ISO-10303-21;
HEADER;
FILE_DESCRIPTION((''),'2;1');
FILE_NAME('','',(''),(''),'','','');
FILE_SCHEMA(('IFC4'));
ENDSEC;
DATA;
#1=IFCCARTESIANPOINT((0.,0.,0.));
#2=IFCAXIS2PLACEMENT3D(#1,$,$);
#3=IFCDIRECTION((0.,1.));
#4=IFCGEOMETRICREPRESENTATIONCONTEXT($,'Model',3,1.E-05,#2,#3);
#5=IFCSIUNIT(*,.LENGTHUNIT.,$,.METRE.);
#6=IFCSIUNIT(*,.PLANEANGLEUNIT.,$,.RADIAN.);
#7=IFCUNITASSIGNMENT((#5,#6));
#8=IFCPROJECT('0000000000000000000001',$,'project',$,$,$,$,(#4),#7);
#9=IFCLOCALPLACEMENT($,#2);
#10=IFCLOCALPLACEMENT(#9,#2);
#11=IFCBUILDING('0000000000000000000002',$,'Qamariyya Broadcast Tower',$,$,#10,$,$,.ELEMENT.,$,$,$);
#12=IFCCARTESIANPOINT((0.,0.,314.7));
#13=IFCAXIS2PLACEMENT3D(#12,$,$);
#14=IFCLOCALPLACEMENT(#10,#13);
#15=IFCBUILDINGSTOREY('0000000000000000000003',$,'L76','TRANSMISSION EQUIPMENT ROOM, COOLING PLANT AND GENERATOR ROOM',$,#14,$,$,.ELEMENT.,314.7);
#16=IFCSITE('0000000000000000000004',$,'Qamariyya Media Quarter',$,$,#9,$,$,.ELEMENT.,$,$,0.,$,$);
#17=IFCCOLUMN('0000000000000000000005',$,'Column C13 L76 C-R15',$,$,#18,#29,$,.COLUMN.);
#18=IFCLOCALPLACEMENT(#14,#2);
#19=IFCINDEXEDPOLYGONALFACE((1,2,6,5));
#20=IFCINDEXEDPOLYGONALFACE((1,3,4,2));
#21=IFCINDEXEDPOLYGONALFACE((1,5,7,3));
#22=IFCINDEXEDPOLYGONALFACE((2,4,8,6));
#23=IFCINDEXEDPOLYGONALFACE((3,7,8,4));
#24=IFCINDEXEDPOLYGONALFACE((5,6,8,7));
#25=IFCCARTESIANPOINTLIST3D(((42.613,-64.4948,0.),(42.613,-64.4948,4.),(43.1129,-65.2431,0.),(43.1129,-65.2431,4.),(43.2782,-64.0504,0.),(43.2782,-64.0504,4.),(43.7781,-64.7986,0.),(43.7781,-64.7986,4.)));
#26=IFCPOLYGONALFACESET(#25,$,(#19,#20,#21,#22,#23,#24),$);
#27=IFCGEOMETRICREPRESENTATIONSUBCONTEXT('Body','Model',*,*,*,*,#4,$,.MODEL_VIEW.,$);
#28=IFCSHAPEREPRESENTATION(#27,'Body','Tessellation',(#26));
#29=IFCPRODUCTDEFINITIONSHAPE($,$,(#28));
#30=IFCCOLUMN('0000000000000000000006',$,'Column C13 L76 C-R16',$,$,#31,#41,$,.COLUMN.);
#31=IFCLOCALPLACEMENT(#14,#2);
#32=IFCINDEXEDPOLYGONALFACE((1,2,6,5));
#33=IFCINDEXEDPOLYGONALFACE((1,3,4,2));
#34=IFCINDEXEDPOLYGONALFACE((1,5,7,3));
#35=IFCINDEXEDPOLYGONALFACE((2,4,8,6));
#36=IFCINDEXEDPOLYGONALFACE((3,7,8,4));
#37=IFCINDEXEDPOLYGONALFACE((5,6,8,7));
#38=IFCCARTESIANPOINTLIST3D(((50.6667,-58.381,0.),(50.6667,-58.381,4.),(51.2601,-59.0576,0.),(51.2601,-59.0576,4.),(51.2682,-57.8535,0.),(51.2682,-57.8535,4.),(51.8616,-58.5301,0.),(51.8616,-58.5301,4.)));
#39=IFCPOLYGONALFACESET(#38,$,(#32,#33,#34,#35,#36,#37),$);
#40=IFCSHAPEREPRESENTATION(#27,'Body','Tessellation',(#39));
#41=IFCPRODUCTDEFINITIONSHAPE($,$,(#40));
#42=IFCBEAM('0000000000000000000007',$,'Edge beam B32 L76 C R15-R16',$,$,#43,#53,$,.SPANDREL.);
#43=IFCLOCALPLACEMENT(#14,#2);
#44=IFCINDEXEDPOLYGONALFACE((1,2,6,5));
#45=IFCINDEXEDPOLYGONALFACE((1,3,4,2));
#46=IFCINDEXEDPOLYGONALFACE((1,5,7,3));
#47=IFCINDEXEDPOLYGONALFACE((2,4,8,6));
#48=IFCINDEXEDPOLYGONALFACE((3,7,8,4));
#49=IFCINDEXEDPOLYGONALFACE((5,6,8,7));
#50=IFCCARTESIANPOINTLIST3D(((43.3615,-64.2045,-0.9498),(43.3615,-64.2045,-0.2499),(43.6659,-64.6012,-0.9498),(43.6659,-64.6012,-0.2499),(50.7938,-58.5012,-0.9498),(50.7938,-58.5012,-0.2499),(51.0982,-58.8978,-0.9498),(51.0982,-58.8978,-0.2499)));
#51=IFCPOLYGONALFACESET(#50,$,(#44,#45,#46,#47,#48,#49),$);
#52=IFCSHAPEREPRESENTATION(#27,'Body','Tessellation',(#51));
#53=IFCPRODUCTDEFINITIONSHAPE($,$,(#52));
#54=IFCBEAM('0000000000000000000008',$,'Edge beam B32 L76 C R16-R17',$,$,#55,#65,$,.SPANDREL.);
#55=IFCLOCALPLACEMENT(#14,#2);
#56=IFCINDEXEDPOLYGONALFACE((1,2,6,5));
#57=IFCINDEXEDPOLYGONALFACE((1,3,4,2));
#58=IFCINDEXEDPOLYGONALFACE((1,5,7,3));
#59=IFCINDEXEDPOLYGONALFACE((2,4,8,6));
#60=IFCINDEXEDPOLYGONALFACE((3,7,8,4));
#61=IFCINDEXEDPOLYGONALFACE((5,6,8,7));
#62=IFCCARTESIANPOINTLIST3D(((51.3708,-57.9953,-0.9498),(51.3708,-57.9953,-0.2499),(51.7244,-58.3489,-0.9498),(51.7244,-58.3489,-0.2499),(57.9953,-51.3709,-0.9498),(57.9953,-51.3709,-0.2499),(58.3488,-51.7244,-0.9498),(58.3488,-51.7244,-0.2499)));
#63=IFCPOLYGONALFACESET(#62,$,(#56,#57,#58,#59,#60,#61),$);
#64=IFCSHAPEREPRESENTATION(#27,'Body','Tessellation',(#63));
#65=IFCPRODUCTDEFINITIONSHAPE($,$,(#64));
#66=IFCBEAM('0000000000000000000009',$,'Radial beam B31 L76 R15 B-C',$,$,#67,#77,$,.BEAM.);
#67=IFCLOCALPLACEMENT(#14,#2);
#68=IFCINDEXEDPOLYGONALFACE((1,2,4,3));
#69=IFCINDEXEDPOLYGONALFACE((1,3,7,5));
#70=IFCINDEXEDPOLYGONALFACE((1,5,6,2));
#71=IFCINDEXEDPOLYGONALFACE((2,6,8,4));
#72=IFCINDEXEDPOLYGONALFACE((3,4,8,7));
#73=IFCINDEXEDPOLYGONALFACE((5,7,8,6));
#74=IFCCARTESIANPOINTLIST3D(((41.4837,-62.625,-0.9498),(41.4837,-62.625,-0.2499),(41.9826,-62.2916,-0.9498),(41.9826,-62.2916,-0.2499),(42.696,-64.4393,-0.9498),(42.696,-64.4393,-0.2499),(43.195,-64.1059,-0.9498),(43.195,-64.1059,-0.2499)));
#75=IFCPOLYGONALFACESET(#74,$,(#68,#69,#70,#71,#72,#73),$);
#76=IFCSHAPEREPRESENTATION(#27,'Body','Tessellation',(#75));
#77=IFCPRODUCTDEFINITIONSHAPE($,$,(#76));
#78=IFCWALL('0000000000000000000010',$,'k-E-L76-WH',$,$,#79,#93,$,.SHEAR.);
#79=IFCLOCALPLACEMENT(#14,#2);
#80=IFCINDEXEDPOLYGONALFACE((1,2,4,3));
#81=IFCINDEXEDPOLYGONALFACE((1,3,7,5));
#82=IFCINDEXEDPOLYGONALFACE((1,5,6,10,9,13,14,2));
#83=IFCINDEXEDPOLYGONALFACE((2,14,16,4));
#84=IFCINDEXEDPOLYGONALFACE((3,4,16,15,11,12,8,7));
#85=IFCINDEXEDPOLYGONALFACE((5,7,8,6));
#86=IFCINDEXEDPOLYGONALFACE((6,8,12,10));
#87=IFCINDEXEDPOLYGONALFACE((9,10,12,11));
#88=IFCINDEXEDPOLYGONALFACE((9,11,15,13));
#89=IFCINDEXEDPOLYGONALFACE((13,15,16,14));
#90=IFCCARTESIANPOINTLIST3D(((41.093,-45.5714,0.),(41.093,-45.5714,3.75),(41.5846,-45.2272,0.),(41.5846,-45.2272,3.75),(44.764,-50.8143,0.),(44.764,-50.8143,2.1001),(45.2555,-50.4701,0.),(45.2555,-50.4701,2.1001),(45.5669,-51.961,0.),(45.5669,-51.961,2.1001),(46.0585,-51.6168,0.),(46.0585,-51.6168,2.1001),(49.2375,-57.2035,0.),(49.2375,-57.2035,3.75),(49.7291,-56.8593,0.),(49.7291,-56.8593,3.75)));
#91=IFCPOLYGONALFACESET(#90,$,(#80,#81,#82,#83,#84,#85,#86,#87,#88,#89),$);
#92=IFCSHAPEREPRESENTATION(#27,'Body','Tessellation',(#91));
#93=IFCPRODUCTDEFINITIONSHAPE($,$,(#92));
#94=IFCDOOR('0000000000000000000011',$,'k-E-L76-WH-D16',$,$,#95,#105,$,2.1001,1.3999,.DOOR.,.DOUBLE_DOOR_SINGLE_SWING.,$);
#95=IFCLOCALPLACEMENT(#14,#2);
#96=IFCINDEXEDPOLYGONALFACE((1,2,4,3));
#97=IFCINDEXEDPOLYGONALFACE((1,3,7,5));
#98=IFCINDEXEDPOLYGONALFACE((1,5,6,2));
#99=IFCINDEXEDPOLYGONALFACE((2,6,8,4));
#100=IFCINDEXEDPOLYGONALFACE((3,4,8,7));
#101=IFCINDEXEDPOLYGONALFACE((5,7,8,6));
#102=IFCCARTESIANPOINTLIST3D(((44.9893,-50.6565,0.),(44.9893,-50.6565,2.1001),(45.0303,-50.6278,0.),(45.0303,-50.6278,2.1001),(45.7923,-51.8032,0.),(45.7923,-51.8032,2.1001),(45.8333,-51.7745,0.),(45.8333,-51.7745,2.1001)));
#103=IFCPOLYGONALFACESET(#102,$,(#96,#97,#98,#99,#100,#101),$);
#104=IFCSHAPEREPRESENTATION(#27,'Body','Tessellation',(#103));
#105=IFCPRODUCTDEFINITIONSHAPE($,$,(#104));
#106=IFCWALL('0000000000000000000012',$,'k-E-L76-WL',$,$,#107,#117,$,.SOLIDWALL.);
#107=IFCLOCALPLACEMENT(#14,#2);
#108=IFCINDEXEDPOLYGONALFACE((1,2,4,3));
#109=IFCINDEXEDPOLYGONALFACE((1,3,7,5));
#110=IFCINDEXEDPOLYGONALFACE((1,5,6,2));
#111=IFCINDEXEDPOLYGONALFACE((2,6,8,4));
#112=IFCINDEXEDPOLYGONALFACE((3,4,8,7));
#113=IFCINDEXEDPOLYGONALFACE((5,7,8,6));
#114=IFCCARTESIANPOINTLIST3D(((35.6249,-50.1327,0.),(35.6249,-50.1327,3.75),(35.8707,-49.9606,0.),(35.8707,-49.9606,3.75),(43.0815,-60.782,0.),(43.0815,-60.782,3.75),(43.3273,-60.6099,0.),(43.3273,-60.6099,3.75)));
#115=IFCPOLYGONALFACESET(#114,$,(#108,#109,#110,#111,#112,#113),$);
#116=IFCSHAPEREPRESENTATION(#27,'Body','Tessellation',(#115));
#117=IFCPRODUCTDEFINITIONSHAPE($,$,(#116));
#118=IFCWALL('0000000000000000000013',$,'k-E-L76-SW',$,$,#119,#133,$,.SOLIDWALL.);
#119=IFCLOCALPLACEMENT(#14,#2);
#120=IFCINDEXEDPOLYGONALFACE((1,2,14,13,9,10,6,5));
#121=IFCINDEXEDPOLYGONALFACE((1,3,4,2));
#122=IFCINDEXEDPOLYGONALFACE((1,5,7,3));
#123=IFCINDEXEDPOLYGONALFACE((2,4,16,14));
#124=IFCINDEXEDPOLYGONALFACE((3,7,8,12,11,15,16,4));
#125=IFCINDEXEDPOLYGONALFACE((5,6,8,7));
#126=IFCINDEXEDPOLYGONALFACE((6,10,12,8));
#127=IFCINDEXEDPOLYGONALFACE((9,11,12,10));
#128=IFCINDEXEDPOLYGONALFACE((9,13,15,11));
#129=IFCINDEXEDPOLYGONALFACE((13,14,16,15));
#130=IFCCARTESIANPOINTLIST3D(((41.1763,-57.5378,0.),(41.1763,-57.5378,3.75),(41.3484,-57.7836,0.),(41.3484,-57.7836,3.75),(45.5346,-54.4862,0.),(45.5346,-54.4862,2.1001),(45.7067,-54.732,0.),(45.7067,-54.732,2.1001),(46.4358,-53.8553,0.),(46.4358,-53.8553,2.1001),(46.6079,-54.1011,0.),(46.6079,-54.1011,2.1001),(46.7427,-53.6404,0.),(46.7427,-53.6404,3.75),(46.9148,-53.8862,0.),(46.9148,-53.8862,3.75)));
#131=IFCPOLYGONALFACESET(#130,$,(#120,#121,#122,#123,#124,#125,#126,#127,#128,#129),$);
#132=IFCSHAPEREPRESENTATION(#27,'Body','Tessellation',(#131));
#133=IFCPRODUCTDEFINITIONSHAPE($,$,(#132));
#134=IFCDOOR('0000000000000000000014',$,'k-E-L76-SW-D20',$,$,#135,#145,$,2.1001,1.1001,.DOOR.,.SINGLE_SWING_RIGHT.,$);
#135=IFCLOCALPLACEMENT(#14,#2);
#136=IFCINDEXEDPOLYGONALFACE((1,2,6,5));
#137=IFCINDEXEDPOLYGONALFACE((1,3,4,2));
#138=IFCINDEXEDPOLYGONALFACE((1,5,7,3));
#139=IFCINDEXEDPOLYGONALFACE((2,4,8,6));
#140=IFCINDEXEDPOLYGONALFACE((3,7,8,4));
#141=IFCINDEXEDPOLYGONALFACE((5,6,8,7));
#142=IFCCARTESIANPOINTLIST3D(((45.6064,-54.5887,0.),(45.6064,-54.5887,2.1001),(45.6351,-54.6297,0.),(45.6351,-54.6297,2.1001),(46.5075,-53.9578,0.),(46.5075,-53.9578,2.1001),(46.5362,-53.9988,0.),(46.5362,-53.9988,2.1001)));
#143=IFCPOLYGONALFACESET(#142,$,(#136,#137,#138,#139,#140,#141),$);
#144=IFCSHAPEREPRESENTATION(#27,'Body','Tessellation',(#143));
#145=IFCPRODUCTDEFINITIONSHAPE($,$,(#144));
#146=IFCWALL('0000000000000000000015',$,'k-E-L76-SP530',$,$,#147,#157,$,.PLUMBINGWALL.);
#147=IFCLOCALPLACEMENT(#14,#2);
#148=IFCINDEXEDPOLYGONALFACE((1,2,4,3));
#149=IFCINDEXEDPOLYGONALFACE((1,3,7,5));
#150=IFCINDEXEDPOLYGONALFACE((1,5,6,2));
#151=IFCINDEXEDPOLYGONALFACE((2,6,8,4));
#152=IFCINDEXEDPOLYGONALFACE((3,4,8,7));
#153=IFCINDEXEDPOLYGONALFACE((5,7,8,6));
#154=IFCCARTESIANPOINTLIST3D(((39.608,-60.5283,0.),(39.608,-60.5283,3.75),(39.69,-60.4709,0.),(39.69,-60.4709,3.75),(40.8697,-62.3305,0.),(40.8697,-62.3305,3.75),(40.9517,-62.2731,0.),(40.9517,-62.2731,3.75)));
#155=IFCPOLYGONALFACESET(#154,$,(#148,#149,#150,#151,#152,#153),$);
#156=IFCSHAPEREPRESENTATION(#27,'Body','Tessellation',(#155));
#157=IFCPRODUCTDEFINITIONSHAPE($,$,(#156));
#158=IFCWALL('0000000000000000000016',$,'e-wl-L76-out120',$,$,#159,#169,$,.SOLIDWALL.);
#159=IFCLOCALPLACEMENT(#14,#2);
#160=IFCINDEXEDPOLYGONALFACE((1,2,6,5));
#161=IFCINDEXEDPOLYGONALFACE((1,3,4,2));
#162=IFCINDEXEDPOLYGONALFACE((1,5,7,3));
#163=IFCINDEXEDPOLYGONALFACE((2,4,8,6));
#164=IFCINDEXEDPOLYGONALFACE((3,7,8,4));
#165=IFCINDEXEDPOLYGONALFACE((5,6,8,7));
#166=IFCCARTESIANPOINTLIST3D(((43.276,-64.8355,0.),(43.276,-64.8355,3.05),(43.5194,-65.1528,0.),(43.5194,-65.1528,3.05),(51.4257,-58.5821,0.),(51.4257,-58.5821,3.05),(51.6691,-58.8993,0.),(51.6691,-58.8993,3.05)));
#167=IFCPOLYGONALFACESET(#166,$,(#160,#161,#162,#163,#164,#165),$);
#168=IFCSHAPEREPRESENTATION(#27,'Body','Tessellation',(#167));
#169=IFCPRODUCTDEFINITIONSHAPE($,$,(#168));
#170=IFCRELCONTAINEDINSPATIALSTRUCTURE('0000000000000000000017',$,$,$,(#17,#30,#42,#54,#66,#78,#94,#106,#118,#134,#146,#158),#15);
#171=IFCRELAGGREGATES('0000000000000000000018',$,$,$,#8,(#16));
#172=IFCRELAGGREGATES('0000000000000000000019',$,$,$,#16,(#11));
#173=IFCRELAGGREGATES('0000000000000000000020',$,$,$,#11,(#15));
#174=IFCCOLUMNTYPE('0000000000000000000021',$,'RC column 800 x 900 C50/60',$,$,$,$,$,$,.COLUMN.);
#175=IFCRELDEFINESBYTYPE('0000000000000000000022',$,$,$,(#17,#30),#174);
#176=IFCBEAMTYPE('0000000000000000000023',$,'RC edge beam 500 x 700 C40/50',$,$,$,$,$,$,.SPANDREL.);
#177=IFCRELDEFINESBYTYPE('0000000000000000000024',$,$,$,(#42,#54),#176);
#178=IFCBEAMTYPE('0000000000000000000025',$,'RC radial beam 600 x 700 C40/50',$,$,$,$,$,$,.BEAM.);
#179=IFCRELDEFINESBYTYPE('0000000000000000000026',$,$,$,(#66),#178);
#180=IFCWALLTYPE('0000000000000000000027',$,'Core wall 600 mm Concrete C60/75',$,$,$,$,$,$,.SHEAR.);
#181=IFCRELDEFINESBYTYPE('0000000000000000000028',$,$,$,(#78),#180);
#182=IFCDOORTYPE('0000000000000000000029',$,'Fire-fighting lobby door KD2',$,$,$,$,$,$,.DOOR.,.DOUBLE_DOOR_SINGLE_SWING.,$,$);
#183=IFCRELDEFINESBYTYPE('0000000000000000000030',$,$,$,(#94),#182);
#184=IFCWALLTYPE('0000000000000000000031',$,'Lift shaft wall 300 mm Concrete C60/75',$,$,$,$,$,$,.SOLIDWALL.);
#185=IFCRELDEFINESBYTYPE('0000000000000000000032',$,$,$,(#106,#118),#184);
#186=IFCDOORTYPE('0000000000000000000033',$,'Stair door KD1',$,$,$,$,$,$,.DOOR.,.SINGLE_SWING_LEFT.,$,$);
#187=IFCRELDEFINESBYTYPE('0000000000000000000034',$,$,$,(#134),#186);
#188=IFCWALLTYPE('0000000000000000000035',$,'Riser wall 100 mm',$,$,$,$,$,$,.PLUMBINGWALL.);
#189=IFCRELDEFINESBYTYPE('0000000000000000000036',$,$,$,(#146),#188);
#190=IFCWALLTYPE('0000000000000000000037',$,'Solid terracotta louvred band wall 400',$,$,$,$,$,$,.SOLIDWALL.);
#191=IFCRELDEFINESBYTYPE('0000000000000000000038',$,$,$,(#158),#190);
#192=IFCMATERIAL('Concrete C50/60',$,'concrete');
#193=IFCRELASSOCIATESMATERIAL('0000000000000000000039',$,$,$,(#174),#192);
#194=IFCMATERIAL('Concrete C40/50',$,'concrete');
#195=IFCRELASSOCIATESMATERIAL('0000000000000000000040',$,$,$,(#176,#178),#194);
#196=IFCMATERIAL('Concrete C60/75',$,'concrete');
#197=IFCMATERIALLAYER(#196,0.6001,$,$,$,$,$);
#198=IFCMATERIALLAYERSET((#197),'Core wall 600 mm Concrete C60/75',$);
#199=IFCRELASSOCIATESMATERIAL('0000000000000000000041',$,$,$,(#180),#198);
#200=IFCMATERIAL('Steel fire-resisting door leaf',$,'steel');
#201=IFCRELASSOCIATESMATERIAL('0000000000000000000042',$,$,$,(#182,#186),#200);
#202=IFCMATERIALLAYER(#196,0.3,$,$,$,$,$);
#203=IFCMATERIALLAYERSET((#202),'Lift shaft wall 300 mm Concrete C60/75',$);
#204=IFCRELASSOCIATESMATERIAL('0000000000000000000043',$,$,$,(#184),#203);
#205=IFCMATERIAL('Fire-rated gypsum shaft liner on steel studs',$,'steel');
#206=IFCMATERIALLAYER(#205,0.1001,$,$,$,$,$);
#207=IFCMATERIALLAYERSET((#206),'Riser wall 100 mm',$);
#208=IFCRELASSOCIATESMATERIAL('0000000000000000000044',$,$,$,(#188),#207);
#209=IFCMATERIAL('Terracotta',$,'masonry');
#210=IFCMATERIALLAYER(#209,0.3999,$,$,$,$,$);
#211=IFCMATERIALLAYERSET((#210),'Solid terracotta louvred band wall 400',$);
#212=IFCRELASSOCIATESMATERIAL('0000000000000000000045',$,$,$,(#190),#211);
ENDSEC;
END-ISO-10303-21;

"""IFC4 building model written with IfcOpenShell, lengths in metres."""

from ifc_helpers import new_model, si_unit, direction, frame, frame_2d, origin, origin_2d, place, context, subcontext, project, spatial, rectangle, extrude, material, layer, layer_set, material_profile, profile_set, type_object, element, fill, save


model = new_model("IFC4")

# Units and contexts
model_context = context("Model", 3, precision=1e-05, world=origin(), true_north=direction((0.0, 1.0)))
body_context = subcontext(model_context, "Body", "Model", "MODEL_VIEW")
ifc_project = project(units=[si_unit("LENGTHUNIT", "METRE"), si_unit("PLANEANGLEUNIT", "RADIAN")], contexts=[model_context])

# Site, building, storey
site_placement = place(None, origin())
site = spatial("IfcSite", under=ifc_project, at=site_placement, Name="Qamariyya Media Quarter", CompositionType="ELEMENT", RefElevation=0.0)
building_placement = place(site_placement, origin())
building = spatial("IfcBuilding", under=site, at=building_placement, Name="Qamariyya Broadcast Tower", CompositionType="ELEMENT")
storey_placement = place(building_placement, frame((0.0, 0.0, 314.7)))
storey = spatial("IfcBuildingStorey", under=building, at=storey_placement, Name="L76", Description="TRANSMISSION EQUIPMENT ROOM, COOLING PLANT AND GENERATOR ROOM", CompositionType="ELEMENT", Elevation=314.7)

# Columns
ifc_material_1 = material(Name="Concrete C50/60", Category="concrete")
ifc_material_profile_1 = material_profile(ifc_material_1, rectangle(XDim=0.8, YDim=0.8999, at=origin_2d()))
ifc_profile_set_1 = profile_set([ifc_material_profile_1], Name="Concrete C50/60")
column_type = type_object("IfcColumnType", Name="RC column 800 x 900 C50/60", PredefinedType="COLUMN", material=ifc_profile_set_1)
for number, where, z_axis, x_axis, name in (
    (1, (43.1956, -64.6467, 0.0), (0.0, 0.0, 1.0), (0.83147, 0.55557, 0.0), "Column C13 L76 C-R15"),
    (2, (51.2642, -58.4556, 0.0), (0.0, 0.0, 1.0), (0.75184, 0.659346, 0.0), "Column C13 L76 C-R16"),
):
    element("IfcColumn", number, at=place(storey_placement, frame(where, z_axis=z_axis, x_axis=x_axis)), inside=storey, type_object=column_type, Name=name, PredefinedType="COLUMN", context=body_context, shape_type="SweptSolid", body=[
        extrude(rectangle(XDim=0.8, YDim=0.8999, at=origin_2d()), origin(), (0.0, 0.0, 1.0), 4.0),
    ])

# Beams
ifc_material_2 = material(Name="Concrete C40/50", Category="concrete")
ifc_material_profile_2 = material_profile(ifc_material_2, rectangle(XDim=0.5, YDim=0.7, at=origin_2d()))
ifc_profile_set_2 = profile_set([ifc_material_profile_2], Name="Concrete C40/50")
beam_type_1 = type_object("IfcBeamType", Name="RC edge beam 500 x 700 C40/50", PredefinedType="SPANDREL", material=ifc_profile_set_2)
for number, where, z_axis, x_axis, name in (
    (3, (43.5137, -64.4028, -0.5999), (0.793337, 0.608782, 0.0), (-0.608782, 0.793337, 0.0), "Edge beam B32 L76 C R15-R16"),
    (4, (51.5476, -58.1721, -0.5999), (0.707107, 0.707107, 0.0), (-0.707107, 0.707107, 0.0), "Edge beam B32 L76 C R16-R17"),
):
    element("IfcBeam", number, at=place(storey_placement, frame(where, z_axis=z_axis, x_axis=x_axis)), inside=storey, type_object=beam_type_1, Name=name, PredefinedType="SPANDREL", context=body_context, shape_type="SweptSolid", body=[
        extrude(rectangle(XDim=0.5, YDim=0.7, at=origin_2d()), origin(), (0.0, 0.0, 1.0), 9.3684),
    ])
ifc_material_profile_3 = material_profile(ifc_material_2, rectangle(XDim=0.6001, YDim=0.7, at=origin_2d()))
ifc_profile_set_3 = profile_set([ifc_material_profile_3], Name="Concrete C40/50")
beam_type_2 = type_object("IfcBeamType", Name="RC radial beam 600 x 700 C40/50", PredefinedType="BEAM", material=ifc_profile_set_3)
beam_placement = place(storey_placement, frame((41.7332, -62.4583, -0.5999), z_axis=(0.555578, -0.831465, 0.0), x_axis=(0.831465, 0.555578, 0.0)))
element("IfcBeam", 5, at=beam_placement, inside=storey, type_object=beam_type_2, Name="Radial beam B31 L76 R15 B-C", PredefinedType="BEAM", context=body_context, shape_type="SweptSolid", body=[
    extrude(rectangle(XDim=0.6001, YDim=0.7, at=origin_2d()), origin(), (0.0, 0.0, 1.0), 2.1821),
])

# Wall, opening, door
ifc_material_3 = material(Name="Concrete C60/75", Category="concrete")
ifc_layer_1 = layer(ifc_material_3, 0.6001)
ifc_layer_set_1 = layer_set([ifc_layer_1], Name="Core wall 600 mm Concrete C60/75")
wall_type_1 = type_object("IfcWallType", Name="Core wall 600 mm Concrete C60/75", PredefinedType="SHEAR", material=ifc_layer_set_1)
wall_1_placement = place(storey_placement, frame((49.4834, -57.0315, 0.0), z_axis=(0.0, 0.0, 1.0), x_axis=(-0.57356, 0.819163, 0.0)))
wall_1 = element("IfcWall", 6, at=wall_1_placement, inside=storey, type_object=wall_type_1, Name="k-E-L76-WH", PredefinedType="SHEAR", context=body_context, shape_type="SweptSolid", body=[
    extrude(rectangle(XDim=14.2, YDim=0.6001, at=frame_2d((7.1001, 0.0))), origin(), (0.0, 0.0, 1.0), 3.75),
])
opening_1_placement = place(wall_1_placement, frame((6.3999, 0.0, 0.0)))
opening_1 = element("IfcOpeningElement", 7, at=opening_1_placement, cuts=wall_1, PredefinedType="OPENING", context=body_context, shape_type="SweptSolid", body=[
    extrude(rectangle(XDim=1.3999, YDim=2.1001, at=frame_2d((0.7, 1.05))), frame((0.0, 0.3101, 0.0), z_axis=(0.0, -1.0, 0.0), x_axis=(1.0, 0.0, 0.0)), (0.0, 0.0, 1.0), 0.6201),
])
ifc_material_4 = material(Name="Steel fire-resisting door leaf", Category="steel")
door_type_1 = type_object("IfcDoorType", Name="Fire-fighting lobby door KD2", OperationType="DOUBLE_DOOR_SINGLE_SWING", PredefinedType="DOOR", material=ifc_material_4)
door_1_placement = place(opening_1_placement, origin())
door_1 = element("IfcDoor", 8, at=door_1_placement, inside=storey, type_object=door_type_1, Name="k-E-L76-WH-D16", OperationType="DOUBLE_DOOR_SINGLE_SWING", OverallHeight=2.1001, OverallWidth=1.3999, PredefinedType="DOOR", context=body_context, shape_type="SweptSolid", body=[
    extrude(rectangle(XDim=1.3999, YDim=2.1001, at=frame_2d((0.7, 1.05))), frame((0.0, 0.0249, 0.0), z_axis=(0.0, -1.0, 0.0), x_axis=(1.0, 0.0, 0.0)), (0.0, 0.0, 1.0), 0.05),
])
fill(opening_1, door_1)

# Wall
ifc_layer_2 = layer(ifc_material_3, 0.3)
ifc_layer_set_2 = layer_set([ifc_layer_2], Name="Lift shaft wall 300 mm Concrete C60/75")
wall_type_2 = type_object("IfcWallType", Name="Lift shaft wall 300 mm Concrete C60/75", PredefinedType="SOLIDWALL", material=ifc_layer_set_2)
wall_2_placement = place(storey_placement, frame((43.2043, -60.6958, 0.0), z_axis=(0.0, 0.0, 1.0), x_axis=(-0.573572, 0.819155, 0.0)))
element("IfcWall", 9, at=wall_2_placement, inside=storey, type_object=wall_type_2, Name="k-E-L76-WL", PredefinedType="SOLIDWALL", context=body_context, shape_type="SweptSolid", body=[
    extrude(rectangle(XDim=13.0002, YDim=0.3, at=frame_2d((6.5, 0.0))), origin(), (0.0, 0.0, 1.0), 3.75),
])

# Wall, opening, door
wall_3_placement = place(storey_placement, frame((41.2625, -57.6606, 0.0), z_axis=(0.0, 0.0, 1.0), x_axis=(0.819164, 0.573559, 0.0)))
wall_3 = element("IfcWall", 10, at=wall_3_placement, inside=storey, type_object=wall_type_2, Name="k-E-L76-SW", PredefinedType="SOLIDWALL", context=body_context, shape_type="SweptSolid", body=[
    extrude(rectangle(XDim=6.7952, YDim=0.3, at=frame_2d((3.3975, 0.0))), origin(), (0.0, 0.0, 1.0), 3.75),
])
opening_2_placement = place(wall_3_placement, frame((5.3203, 0.0, 0.0)))
opening_2 = element("IfcOpeningElement", 11, at=opening_2_placement, cuts=wall_3, PredefinedType="OPENING", context=body_context, shape_type="SweptSolid", body=[
    extrude(rectangle(XDim=1.1001, YDim=2.1001, at=frame_2d((0.55, 1.05))), frame((0.0, 0.1599, 0.0), z_axis=(0.0, -1.0, 0.0), x_axis=(1.0, 0.0, 0.0)), (0.0, 0.0, 1.0), 0.3201),
])
door_type_2 = type_object("IfcDoorType", Name="Stair door KD1", OperationType="SINGLE_SWING_LEFT", PredefinedType="DOOR", material=ifc_material_4)
door_2_placement = place(opening_2_placement, origin())
door_2 = element("IfcDoor", 12, at=door_2_placement, inside=storey, type_object=door_type_2, Name="k-E-L76-SW-D20", OperationType="SINGLE_SWING_RIGHT", OverallHeight=2.1001, OverallWidth=1.1001, PredefinedType="DOOR", context=body_context, shape_type="SweptSolid", body=[
    extrude(rectangle(XDim=1.1001, YDim=2.1001, at=frame_2d((0.55, 1.05))), frame((0.0, 0.0249, 0.0), z_axis=(0.0, -1.0, 0.0), x_axis=(1.0, 0.0, 0.0)), (0.0, 0.0, 1.0), 0.05),
])
fill(opening_2, door_2)

# Walls
ifc_material_5 = material(Name="Fire-rated gypsum shaft liner on steel studs", Category="steel")
ifc_layer_3 = layer(ifc_material_5, 0.1001)
ifc_layer_set_3 = layer_set([ifc_layer_3], Name="Riser wall 100 mm")
wall_type_3 = type_object("IfcWallType", Name="Riser wall 100 mm", PredefinedType="PLUMBINGWALL", material=ifc_layer_set_3)
wall_4_placement = place(storey_placement, frame((39.6489, -60.4995, 0.0), z_axis=(0.0, 0.0, 1.0), x_axis=(0.573507, -0.819201, 0.0)))
element("IfcWall", 13, at=wall_4_placement, inside=storey, type_object=wall_type_3, Name="k-E-L76-SP530", PredefinedType="PLUMBINGWALL", context=body_context, shape_type="SweptSolid", body=[
    extrude(rectangle(XDim=2.2, YDim=0.1001, at=frame_2d((1.1001, 0.0))), origin(), (0.0, 0.0, 1.0), 3.75),
])
ifc_material_6 = material(Name="Terracotta", Category="masonry")
ifc_layer_4 = layer(ifc_material_6, 0.3999)
ifc_layer_set_4 = layer_set([ifc_layer_4], Name="Solid terracotta louvred band wall 400")
wall_type_4 = type_object("IfcWallType", Name="Solid terracotta louvred band wall 400", PredefinedType="SOLIDWALL", material=ifc_layer_set_4)
wall_5_placement = place(storey_placement, frame((43.3977, -64.9941, 0.0), z_axis=(0.0, 0.0, 1.0), x_axis=(0.793355, 0.608759, 0.0)))
element("IfcWall", 14, at=wall_5_placement, inside=storey, type_object=wall_type_4, Name="e-wl-L76-out120", PredefinedType="SOLIDWALL", context=body_context, shape_type="SweptSolid", body=[
    extrude(rectangle(XDim=10.2725, YDim=0.3999, at=frame_2d((5.1362, 0.0))), origin(), (0.0, 0.0, 1.0), 3.05),
])

save(model, "model.ifc")
